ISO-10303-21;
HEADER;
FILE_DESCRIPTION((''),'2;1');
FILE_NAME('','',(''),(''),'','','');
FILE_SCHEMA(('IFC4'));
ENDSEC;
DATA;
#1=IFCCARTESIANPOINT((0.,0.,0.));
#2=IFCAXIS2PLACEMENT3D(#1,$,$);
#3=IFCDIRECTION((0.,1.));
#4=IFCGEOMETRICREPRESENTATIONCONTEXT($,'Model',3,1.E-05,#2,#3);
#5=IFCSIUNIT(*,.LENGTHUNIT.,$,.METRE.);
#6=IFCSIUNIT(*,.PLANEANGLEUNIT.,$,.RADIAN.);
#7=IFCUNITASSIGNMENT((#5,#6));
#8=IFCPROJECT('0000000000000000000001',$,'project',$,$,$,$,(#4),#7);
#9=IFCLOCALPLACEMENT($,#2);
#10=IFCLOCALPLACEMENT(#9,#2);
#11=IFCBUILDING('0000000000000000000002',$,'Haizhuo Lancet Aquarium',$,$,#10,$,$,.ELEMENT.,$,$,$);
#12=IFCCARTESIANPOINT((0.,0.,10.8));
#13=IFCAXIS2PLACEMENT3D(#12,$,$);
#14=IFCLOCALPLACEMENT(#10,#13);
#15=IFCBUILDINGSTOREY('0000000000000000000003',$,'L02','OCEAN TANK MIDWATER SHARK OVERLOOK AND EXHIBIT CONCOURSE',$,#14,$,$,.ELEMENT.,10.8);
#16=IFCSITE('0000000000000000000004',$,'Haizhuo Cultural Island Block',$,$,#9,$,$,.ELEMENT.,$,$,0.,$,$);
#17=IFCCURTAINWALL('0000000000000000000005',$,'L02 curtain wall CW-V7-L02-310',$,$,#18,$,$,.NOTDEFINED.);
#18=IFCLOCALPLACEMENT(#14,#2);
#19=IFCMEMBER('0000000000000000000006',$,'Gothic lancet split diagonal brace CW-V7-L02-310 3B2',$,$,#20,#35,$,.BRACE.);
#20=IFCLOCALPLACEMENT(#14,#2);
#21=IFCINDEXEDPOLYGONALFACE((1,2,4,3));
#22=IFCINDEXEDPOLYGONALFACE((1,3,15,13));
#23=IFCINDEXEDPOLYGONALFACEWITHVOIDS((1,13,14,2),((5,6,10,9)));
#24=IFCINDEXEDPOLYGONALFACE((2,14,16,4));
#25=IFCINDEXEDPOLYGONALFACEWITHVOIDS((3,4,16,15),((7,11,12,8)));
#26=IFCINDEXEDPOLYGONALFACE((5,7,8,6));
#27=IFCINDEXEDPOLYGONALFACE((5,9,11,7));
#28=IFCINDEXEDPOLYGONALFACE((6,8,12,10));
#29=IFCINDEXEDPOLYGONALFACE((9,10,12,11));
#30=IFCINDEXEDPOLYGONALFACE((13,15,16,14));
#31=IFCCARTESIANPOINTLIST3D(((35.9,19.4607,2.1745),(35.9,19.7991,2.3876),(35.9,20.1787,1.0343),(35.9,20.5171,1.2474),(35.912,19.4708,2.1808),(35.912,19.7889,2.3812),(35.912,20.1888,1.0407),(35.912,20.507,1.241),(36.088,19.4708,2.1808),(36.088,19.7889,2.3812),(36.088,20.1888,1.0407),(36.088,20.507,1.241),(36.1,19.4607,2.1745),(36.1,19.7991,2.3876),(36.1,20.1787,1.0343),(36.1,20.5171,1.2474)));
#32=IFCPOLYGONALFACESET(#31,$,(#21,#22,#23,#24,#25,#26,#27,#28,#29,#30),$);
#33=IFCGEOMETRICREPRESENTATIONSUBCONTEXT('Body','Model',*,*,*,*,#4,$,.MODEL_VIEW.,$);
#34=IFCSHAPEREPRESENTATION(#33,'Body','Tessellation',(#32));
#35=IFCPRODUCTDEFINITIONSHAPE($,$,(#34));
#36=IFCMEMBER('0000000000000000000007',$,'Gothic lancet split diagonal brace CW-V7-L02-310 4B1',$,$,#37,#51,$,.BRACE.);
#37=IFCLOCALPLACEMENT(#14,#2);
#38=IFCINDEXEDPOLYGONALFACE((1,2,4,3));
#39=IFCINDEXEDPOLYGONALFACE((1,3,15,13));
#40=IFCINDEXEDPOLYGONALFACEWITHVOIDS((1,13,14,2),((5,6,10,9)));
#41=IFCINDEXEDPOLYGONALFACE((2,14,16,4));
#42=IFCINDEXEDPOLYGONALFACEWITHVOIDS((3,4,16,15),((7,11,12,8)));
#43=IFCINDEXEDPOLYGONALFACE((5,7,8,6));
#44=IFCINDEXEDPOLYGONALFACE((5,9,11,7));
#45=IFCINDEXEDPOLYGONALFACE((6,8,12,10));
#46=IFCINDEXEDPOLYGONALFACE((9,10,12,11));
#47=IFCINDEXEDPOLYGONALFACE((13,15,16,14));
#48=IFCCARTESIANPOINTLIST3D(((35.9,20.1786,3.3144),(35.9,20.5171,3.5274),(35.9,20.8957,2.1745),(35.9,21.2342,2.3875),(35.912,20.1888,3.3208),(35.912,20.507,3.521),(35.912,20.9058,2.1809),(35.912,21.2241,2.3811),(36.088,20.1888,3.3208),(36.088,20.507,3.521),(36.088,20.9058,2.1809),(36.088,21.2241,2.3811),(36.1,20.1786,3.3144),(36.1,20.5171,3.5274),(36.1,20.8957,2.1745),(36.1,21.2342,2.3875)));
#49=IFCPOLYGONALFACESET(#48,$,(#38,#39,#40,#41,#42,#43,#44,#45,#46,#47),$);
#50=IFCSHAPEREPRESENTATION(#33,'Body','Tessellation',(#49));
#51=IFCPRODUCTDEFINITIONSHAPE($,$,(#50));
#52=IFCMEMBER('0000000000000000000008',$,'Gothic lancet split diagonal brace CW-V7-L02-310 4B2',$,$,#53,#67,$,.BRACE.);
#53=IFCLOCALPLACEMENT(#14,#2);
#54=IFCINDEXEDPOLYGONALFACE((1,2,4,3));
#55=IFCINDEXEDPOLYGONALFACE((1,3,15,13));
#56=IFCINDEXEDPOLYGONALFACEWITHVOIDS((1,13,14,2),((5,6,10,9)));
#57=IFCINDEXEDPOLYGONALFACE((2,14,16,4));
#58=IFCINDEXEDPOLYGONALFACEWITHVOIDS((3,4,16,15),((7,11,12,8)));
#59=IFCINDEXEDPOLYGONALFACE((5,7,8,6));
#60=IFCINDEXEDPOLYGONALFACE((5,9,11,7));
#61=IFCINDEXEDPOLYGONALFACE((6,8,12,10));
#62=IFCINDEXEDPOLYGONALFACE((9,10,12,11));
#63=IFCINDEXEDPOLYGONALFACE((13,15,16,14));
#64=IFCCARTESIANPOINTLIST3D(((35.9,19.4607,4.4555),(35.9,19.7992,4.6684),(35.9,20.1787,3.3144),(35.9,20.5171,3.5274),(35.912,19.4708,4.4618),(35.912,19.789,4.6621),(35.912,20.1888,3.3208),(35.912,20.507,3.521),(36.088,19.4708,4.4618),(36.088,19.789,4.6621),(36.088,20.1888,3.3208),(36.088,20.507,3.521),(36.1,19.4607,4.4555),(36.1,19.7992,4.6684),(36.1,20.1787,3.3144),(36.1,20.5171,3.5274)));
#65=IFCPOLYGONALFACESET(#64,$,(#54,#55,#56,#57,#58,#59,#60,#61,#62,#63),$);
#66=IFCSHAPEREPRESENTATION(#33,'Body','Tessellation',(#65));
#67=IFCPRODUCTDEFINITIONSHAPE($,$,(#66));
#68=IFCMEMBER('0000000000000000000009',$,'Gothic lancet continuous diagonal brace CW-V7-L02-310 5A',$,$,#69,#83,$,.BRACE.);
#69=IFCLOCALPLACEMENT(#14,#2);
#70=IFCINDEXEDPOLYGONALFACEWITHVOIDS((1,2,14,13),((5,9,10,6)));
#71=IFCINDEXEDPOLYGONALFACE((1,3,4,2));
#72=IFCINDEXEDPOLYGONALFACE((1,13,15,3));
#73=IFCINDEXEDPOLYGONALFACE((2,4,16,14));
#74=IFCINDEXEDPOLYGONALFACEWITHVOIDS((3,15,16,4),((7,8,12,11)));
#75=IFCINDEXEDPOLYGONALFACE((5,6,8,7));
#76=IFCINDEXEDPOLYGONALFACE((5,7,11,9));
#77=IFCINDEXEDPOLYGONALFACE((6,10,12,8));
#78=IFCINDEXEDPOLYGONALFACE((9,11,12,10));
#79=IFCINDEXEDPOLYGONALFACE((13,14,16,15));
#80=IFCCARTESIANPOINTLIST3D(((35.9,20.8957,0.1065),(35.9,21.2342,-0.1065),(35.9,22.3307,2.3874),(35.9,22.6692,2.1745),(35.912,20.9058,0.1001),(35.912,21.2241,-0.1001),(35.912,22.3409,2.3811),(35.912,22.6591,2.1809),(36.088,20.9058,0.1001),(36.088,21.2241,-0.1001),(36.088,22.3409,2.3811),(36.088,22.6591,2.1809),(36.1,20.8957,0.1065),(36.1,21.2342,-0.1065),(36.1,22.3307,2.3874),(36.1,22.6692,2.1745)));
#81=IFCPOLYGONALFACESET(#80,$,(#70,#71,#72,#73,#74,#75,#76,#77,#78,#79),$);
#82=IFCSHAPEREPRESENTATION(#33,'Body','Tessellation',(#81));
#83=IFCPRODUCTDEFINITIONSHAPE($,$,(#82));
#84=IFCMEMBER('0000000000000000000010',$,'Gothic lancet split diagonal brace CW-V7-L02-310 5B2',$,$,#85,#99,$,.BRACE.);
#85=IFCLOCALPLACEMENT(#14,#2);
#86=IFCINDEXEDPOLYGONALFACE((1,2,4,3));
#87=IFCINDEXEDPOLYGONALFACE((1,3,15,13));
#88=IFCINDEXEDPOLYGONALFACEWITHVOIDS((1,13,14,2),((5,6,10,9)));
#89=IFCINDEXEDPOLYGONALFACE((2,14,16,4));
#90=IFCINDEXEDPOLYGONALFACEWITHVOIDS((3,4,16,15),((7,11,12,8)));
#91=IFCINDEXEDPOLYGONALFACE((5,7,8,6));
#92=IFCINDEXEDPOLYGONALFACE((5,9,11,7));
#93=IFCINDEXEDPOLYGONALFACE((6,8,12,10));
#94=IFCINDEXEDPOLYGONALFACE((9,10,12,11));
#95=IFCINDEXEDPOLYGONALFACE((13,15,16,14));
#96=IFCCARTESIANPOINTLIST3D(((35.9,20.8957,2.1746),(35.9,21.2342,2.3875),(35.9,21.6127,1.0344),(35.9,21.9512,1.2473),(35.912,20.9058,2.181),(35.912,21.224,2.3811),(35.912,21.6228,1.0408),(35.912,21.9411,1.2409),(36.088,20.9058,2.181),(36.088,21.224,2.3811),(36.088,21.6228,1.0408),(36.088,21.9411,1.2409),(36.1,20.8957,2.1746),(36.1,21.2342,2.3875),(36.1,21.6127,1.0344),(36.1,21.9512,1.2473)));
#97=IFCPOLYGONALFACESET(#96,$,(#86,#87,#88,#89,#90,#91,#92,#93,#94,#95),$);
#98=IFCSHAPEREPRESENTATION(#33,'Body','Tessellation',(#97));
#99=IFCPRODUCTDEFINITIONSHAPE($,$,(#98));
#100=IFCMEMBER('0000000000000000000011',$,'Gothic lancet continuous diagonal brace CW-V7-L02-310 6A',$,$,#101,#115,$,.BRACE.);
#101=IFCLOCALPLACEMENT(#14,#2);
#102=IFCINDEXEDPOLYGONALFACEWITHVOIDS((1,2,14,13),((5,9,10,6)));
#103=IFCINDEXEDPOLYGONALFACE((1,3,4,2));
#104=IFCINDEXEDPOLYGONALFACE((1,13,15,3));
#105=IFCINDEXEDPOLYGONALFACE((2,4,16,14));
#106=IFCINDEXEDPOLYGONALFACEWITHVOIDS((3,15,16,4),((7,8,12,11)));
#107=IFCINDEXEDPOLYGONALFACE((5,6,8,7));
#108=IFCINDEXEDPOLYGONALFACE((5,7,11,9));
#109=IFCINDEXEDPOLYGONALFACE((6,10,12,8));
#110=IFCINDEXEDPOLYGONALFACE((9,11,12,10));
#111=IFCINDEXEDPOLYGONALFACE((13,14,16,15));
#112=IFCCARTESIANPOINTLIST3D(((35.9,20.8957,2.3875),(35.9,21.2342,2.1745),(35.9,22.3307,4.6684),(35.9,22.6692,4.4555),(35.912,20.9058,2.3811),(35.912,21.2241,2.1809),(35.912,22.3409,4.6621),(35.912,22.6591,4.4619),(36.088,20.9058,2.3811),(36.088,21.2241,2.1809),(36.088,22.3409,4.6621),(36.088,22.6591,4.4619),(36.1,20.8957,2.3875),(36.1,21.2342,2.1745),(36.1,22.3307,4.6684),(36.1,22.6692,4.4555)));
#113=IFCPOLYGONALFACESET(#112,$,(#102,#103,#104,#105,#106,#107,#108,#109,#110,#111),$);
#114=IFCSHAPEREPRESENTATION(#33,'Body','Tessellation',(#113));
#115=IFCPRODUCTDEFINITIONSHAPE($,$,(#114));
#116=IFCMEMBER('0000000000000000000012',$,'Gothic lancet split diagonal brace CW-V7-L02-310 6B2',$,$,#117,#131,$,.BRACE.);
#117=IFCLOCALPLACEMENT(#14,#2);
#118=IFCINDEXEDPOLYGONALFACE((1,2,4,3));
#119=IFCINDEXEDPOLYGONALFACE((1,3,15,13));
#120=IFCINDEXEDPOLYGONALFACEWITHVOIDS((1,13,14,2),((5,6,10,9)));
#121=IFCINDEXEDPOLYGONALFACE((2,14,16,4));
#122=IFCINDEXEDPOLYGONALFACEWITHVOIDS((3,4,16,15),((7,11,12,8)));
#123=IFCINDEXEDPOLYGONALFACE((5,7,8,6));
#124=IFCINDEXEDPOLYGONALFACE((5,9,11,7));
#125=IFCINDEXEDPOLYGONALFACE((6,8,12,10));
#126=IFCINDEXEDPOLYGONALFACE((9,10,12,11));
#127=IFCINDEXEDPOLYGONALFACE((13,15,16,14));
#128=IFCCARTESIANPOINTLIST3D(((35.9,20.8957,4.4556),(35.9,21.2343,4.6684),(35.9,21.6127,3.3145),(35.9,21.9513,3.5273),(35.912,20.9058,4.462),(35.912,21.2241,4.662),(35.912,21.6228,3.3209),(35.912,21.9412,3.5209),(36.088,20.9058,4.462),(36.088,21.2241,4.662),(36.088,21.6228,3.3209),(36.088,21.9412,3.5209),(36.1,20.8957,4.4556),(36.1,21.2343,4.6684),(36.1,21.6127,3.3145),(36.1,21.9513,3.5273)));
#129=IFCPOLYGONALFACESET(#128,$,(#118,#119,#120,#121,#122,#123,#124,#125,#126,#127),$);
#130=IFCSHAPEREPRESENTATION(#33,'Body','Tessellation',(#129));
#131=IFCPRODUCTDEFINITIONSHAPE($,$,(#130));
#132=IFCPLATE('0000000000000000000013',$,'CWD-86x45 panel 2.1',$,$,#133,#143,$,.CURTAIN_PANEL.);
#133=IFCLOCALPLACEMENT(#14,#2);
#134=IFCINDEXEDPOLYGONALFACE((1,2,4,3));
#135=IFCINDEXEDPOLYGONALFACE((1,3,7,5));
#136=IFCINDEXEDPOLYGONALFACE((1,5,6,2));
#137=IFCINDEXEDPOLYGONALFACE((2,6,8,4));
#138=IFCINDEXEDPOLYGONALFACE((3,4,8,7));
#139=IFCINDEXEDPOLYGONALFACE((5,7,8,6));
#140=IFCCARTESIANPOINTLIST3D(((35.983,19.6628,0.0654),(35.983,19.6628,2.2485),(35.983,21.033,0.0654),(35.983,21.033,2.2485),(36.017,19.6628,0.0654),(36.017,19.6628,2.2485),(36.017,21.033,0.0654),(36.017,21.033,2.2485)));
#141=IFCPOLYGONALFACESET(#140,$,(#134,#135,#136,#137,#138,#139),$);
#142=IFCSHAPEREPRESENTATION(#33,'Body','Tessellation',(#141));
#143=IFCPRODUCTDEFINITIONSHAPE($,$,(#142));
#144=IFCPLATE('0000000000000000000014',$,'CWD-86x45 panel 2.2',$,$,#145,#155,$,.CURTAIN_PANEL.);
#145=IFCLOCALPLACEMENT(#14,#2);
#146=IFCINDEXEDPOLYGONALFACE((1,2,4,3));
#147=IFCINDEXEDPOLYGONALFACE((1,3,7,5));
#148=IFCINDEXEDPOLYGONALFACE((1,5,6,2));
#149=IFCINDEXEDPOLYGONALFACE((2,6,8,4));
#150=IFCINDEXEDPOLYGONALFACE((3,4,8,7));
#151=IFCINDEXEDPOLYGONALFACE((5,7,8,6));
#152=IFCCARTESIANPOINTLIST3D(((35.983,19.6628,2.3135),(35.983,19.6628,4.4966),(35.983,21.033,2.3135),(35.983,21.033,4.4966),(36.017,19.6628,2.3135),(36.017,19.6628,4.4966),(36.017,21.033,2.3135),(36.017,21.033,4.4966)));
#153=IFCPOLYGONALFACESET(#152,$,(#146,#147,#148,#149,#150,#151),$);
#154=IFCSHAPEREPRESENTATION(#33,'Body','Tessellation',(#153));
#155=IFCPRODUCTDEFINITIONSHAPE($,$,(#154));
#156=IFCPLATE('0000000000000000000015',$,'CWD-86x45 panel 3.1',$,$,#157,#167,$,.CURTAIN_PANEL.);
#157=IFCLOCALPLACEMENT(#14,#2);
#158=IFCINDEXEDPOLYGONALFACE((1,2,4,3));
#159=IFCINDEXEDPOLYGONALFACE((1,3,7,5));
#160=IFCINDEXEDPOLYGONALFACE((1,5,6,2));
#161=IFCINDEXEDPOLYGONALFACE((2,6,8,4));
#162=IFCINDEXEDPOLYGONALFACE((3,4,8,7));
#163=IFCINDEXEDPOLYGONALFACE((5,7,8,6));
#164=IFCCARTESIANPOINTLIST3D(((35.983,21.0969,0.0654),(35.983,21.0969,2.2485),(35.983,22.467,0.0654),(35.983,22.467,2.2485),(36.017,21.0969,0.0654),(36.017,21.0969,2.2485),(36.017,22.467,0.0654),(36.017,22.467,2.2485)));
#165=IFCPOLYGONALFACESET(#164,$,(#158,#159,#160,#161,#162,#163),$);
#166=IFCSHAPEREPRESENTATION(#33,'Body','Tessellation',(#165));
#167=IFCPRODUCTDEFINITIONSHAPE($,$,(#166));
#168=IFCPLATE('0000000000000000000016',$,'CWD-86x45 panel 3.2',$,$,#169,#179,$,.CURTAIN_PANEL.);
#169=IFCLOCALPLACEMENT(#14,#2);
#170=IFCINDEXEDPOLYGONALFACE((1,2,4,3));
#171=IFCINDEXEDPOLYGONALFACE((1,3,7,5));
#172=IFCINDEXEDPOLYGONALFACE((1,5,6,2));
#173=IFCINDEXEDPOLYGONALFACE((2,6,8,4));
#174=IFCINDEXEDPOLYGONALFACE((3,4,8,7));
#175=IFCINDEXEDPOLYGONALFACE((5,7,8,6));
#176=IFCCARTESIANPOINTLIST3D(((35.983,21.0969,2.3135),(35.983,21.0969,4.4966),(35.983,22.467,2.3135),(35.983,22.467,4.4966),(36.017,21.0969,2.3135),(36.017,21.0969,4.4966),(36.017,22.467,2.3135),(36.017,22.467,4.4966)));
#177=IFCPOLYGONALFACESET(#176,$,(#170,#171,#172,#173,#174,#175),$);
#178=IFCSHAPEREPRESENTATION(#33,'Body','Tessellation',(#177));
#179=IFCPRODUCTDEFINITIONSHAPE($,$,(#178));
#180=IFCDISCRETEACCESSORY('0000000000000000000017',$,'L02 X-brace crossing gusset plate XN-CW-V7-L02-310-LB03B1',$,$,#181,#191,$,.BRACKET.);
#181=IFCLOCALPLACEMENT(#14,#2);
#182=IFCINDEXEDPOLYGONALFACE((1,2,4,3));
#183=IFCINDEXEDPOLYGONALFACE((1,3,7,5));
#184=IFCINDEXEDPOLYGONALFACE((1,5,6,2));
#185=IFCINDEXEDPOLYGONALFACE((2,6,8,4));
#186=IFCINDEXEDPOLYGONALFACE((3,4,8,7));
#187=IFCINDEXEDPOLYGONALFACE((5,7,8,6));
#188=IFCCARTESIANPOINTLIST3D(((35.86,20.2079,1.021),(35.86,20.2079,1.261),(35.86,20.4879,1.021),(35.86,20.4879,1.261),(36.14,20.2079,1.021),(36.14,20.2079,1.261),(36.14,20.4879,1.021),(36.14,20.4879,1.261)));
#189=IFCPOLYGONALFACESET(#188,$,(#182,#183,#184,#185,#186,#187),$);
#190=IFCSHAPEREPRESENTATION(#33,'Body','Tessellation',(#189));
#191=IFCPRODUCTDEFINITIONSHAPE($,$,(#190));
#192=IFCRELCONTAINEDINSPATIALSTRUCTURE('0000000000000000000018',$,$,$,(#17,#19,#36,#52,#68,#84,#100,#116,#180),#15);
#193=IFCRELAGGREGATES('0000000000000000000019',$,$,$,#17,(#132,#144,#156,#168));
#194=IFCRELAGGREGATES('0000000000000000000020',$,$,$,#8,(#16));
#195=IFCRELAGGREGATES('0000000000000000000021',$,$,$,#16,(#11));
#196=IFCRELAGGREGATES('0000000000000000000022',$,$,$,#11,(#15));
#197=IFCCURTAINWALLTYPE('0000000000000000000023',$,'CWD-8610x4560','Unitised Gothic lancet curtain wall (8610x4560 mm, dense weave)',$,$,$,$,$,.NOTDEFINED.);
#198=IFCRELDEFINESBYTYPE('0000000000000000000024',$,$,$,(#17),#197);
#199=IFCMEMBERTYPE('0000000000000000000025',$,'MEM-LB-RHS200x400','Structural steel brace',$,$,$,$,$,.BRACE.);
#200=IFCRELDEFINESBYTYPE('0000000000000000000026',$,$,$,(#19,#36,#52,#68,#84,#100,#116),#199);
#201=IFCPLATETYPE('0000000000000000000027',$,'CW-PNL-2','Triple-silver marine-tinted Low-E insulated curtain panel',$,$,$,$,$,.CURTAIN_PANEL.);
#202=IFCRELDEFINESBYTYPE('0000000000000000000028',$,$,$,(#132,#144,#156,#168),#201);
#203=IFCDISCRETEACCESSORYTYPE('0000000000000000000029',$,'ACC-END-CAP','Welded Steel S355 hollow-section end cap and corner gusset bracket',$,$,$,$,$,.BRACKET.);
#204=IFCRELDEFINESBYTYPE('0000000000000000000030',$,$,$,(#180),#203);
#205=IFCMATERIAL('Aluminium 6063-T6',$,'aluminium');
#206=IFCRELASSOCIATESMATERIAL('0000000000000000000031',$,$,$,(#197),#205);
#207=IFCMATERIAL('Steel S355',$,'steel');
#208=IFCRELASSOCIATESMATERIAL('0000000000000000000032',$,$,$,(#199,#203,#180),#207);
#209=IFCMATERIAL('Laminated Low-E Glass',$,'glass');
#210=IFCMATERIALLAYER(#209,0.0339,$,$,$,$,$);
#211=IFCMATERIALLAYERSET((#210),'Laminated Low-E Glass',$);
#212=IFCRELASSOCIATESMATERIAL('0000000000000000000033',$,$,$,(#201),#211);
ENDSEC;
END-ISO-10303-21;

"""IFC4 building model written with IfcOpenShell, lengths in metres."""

from ifc_helpers import new_model, si_unit, direction, frame, origin, origin_2d, place, context, subcontext, project, spatial, rectangle, hollow_rectangle, extrude, material, layer, layer_set, material_profile, profile_set, type_object, element, aggregate, save


model = new_model("IFC4")

# Units and contexts
model_context = context("Model", 3, precision=1e-05, world=origin(), true_north=direction((0.0, 1.0)))
body_context = subcontext(model_context, "Body", "Model", "MODEL_VIEW")
ifc_project = project(units=[si_unit("LENGTHUNIT", "METRE"), si_unit("PLANEANGLEUNIT", "RADIAN")], contexts=[model_context])

# Site, building, storey
site_placement = place(None, origin())
site = spatial("IfcSite", under=ifc_project, at=site_placement, Name="Haizhuo Cultural Island Block", CompositionType="ELEMENT", RefElevation=0.0)
building_placement = place(site_placement, origin())
building = spatial("IfcBuilding", under=site, at=building_placement, Name="Haizhuo Lancet Aquarium", CompositionType="ELEMENT")
storey_placement = place(building_placement, frame((0.0, 0.0, 10.8)))
storey = spatial("IfcBuildingStorey", under=building, at=storey_placement, Name="L02", Description="OCEAN TANK MIDWATER SHARK OVERLOOK AND EXHIBIT CONCOURSE", CompositionType="ELEMENT", Elevation=10.8)

# Curtain wall
ifc_material_1 = material(Name="Aluminium 6063-T6", Category="aluminium")
curtain_wall_type = type_object("IfcCurtainWallType", Name="CWD-8610x4560", Description="Unitised Gothic lancet curtain wall (8610x4560 mm, dense weave)", PredefinedType="NOTDEFINED", material=ifc_material_1)
curtain_wall_placement = place(storey_placement, origin())
curtain_wall = element("IfcCurtainWall", 1, at=curtain_wall_placement, inside=storey, type_object=curtain_wall_type, Name="L02 curtain wall CW-V7-L02-310", PredefinedType="NOTDEFINED")

# Shared definitions
ifc_material_2 = material(Name="Steel S355", Category="steel")

# Members
ifc_material_profile_1 = material_profile(ifc_material_2, hollow_rectangle(XDim=0.2, YDim=0.3999, WallThickness=0.012, at=origin_2d()), Name="RHS 200x400x12")
ifc_profile_set_1 = profile_set([ifc_material_profile_1], Name="Steel S355")
member_type_1 = type_object("IfcMemberType", Name="MEM-LB-RHS200x400", Description="Structural steel brace", PredefinedType="BRACE", material=ifc_profile_set_1)
for number, where, z_axis, x_axis, name in (
    (2, (36.0, 20.3479, 1.1409), (0.0, -0.532895, 0.846181), (1.0, 0.0, 0.0), "Gothic lancet split diagonal brace CW-V7-L02-310 3B2"),
):
    element("IfcMember", number, at=place(storey_placement, frame(where, z_axis=z_axis, x_axis=x_axis)), inside=storey, type_object=member_type_1, Name=name, PredefinedType="BRACE", context=body_context, shape_type="SweptSolid", body=[
        extrude(hollow_rectangle(XDim=0.2, YDim=0.3999, WallThickness=0.012, at=origin_2d()), origin(), (0.0, 0.0, 1.0), 1.3474),
    ])
member_1_placement = place(storey_placement, frame((36.0, 21.0649, 2.281), z_axis=(0.0, -0.532457, 0.846457), x_axis=(1.0, 0.0, 0.0)))
element("IfcMember", 3, at=member_1_placement, inside=storey, type_object=member_type_1, Name="Gothic lancet split diagonal brace CW-V7-L02-310 4B1", PredefinedType="BRACE", context=body_context, shape_type="SweptSolid", body=[
    extrude(hollow_rectangle(XDim=0.2, YDim=0.3999, WallThickness=0.012, at=origin_2d()), origin(), (0.0, 0.0, 1.0), 1.3467),
])
member_2_placement = place(storey_placement, frame((36.0, 20.3479, 3.4209), z_axis=(0.0, -0.532568, 0.846387), x_axis=(1.0, 0.0, 0.0)))
element("IfcMember", 4, at=member_2_placement, inside=storey, type_object=member_type_1, Name="Gothic lancet split diagonal brace CW-V7-L02-310 4B2", PredefinedType="BRACE", context=body_context, shape_type="SweptSolid", body=[
    extrude(hollow_rectangle(XDim=0.2, YDim=0.3999, WallThickness=0.012, at=origin_2d()), origin(), (0.0, 0.0, 1.0), 1.3481),
])
member_3_placement = place(storey_placement, frame((36.0, 21.0649, 0.0), z_axis=(0.0, 0.532513, 0.846422), x_axis=(-1.0, 0.0, 0.0)))
element("IfcMember", 5, at=member_3_placement, inside=storey, type_object=member_type_1, Name="Gothic lancet continuous diagonal brace CW-V7-L02-310 5A", PredefinedType="BRACE", context=body_context, shape_type="SweptSolid", body=[
    extrude(hollow_rectangle(XDim=0.2, YDim=0.3999, WallThickness=0.012, at=origin_2d()), origin(), (0.0, 0.0, 1.0), 2.6948),
])
member_4_placement = place(storey_placement, frame((36.0, 21.782, 1.1409), z_axis=(0.0, -0.532376, 0.846508), x_axis=(1.0, 0.0, 0.0)))
element("IfcMember", 6, at=member_4_placement, inside=storey, type_object=member_type_1, Name="Gothic lancet split diagonal brace CW-V7-L02-310 5B2", PredefinedType="BRACE", context=body_context, shape_type="SweptSolid", body=[
    extrude(hollow_rectangle(XDim=0.2, YDim=0.3999, WallThickness=0.012, at=origin_2d()), origin(), (0.0, 0.0, 1.0), 1.3469),
])
member_5_placement = place(storey_placement, frame((36.0, 21.0649, 2.281), z_axis=(0.0, 0.532513, 0.846422), x_axis=(-1.0, 0.0, 0.0)))
element("IfcMember", 7, at=member_5_placement, inside=storey, type_object=member_type_1, Name="Gothic lancet continuous diagonal brace CW-V7-L02-310 6A", PredefinedType="BRACE", context=body_context, shape_type="SweptSolid", body=[
    extrude(hollow_rectangle(XDim=0.2, YDim=0.3999, WallThickness=0.012, at=origin_2d()), origin(), (0.0, 0.0, 1.0), 2.6948),
])
member_6_placement = place(storey_placement, frame((36.0, 21.782, 3.4209), z_axis=(0.0, -0.532049, 0.846713), x_axis=(1.0, 0.0, 0.0)))
element("IfcMember", 8, at=member_6_placement, inside=storey, type_object=member_type_1, Name="Gothic lancet split diagonal brace CW-V7-L02-310 6B2", PredefinedType="BRACE", context=body_context, shape_type="SweptSolid", body=[
    extrude(hollow_rectangle(XDim=0.2, YDim=0.3999, WallThickness=0.012, at=origin_2d()), origin(), (0.0, 0.0, 1.0), 1.3477),
])

# Plates
ifc_material_3 = material(Name="Laminated Low-E Glass", Category="glass")
ifc_layer = layer(ifc_material_3, 0.0339)
ifc_layer_set = layer_set([ifc_layer], Name="Laminated Low-E Glass")
plate_type = type_object("IfcPlateType", Name="CW-PNL-2", Description="Triple-silver marine-tinted Low-E insulated curtain panel", PredefinedType="CURTAIN_PANEL", material=ifc_layer_set)
plate_1_placement = place(storey_placement, frame((36.0, 20.3479, 0.0654), z_axis=(0.0, 0.0, 1.0), x_axis=(0.0, 1.0, 0.0)))
plate_1 = element("IfcPlate", 9, at=plate_1_placement, type_object=plate_type, Name="CWD-86x45 panel 2.1", PredefinedType="CURTAIN_PANEL", context=body_context, shape_type="SweptSolid", body=[
    extrude(rectangle(XDim=1.3701, YDim=0.0339, at=origin_2d()), origin(), (0.0, 0.0, 1.0), 2.1831),
])
plate_2_placement = place(storey_placement, frame((36.0, 20.3479, 2.3135), z_axis=(0.0, 0.0, 1.0), x_axis=(0.0, 1.0, 0.0)))
plate_2 = element("IfcPlate", 10, at=plate_2_placement, type_object=plate_type, Name="CWD-86x45 panel 2.2", PredefinedType="CURTAIN_PANEL", context=body_context, shape_type="SweptSolid", body=[
    extrude(rectangle(XDim=1.3701, YDim=0.0339, at=origin_2d()), origin(), (0.0, 0.0, 1.0), 2.1831),
])
plate_3_placement = place(storey_placement, frame((36.0, 21.782, 0.0654), z_axis=(0.0, 0.0, 1.0), x_axis=(0.0, 1.0, 0.0)))
plate_3 = element("IfcPlate", 11, at=plate_3_placement, type_object=plate_type, Name="CWD-86x45 panel 3.1", PredefinedType="CURTAIN_PANEL", context=body_context, shape_type="SweptSolid", body=[
    extrude(rectangle(XDim=1.3701, YDim=0.0339, at=origin_2d()), origin(), (0.0, 0.0, 1.0), 2.1831),
])
plate_4_placement = place(storey_placement, frame((36.0, 21.782, 2.3135), z_axis=(0.0, 0.0, 1.0), x_axis=(0.0, 1.0, 0.0)))
plate_4 = element("IfcPlate", 12, at=plate_4_placement, type_object=plate_type, Name="CWD-86x45 panel 3.2", PredefinedType="CURTAIN_PANEL", context=body_context, shape_type="SweptSolid", body=[
    extrude(rectangle(XDim=1.3701, YDim=0.0339, at=origin_2d()), origin(), (0.0, 0.0, 1.0), 2.1831),
])
aggregate(curtain_wall, [plate_1, plate_2, plate_3, plate_4])

# Discrete accessory
discrete_accessory_type = type_object("IfcDiscreteAccessoryType", Name="ACC-END-CAP", Description="Welded Steel S355 hollow-section end cap and corner gusset bracket", PredefinedType="BRACKET", material=ifc_material_2)
for number, where, z_axis, x_axis, name in (
    (13, (36.0, 20.3479, 1.021), (0.0, 0.0, 1.0), (1.0, 0.0, 0.0), "L02 X-brace crossing gusset plate XN-CW-V7-L02-310-LB03B1"),
):
    element("IfcDiscreteAccessory", number, at=place(storey_placement, frame(where, z_axis=z_axis, x_axis=x_axis)), inside=storey, type_object=discrete_accessory_type, material=ifc_material_2, Name=name, PredefinedType="BRACKET", context=body_context, shape_type="SweptSolid", body=[
        extrude(rectangle(XDim=0.28, YDim=0.28, at=origin_2d()), origin(), (0.0, 0.0, 1.0), 0.24),
    ])

save(model, "model.ifc")
